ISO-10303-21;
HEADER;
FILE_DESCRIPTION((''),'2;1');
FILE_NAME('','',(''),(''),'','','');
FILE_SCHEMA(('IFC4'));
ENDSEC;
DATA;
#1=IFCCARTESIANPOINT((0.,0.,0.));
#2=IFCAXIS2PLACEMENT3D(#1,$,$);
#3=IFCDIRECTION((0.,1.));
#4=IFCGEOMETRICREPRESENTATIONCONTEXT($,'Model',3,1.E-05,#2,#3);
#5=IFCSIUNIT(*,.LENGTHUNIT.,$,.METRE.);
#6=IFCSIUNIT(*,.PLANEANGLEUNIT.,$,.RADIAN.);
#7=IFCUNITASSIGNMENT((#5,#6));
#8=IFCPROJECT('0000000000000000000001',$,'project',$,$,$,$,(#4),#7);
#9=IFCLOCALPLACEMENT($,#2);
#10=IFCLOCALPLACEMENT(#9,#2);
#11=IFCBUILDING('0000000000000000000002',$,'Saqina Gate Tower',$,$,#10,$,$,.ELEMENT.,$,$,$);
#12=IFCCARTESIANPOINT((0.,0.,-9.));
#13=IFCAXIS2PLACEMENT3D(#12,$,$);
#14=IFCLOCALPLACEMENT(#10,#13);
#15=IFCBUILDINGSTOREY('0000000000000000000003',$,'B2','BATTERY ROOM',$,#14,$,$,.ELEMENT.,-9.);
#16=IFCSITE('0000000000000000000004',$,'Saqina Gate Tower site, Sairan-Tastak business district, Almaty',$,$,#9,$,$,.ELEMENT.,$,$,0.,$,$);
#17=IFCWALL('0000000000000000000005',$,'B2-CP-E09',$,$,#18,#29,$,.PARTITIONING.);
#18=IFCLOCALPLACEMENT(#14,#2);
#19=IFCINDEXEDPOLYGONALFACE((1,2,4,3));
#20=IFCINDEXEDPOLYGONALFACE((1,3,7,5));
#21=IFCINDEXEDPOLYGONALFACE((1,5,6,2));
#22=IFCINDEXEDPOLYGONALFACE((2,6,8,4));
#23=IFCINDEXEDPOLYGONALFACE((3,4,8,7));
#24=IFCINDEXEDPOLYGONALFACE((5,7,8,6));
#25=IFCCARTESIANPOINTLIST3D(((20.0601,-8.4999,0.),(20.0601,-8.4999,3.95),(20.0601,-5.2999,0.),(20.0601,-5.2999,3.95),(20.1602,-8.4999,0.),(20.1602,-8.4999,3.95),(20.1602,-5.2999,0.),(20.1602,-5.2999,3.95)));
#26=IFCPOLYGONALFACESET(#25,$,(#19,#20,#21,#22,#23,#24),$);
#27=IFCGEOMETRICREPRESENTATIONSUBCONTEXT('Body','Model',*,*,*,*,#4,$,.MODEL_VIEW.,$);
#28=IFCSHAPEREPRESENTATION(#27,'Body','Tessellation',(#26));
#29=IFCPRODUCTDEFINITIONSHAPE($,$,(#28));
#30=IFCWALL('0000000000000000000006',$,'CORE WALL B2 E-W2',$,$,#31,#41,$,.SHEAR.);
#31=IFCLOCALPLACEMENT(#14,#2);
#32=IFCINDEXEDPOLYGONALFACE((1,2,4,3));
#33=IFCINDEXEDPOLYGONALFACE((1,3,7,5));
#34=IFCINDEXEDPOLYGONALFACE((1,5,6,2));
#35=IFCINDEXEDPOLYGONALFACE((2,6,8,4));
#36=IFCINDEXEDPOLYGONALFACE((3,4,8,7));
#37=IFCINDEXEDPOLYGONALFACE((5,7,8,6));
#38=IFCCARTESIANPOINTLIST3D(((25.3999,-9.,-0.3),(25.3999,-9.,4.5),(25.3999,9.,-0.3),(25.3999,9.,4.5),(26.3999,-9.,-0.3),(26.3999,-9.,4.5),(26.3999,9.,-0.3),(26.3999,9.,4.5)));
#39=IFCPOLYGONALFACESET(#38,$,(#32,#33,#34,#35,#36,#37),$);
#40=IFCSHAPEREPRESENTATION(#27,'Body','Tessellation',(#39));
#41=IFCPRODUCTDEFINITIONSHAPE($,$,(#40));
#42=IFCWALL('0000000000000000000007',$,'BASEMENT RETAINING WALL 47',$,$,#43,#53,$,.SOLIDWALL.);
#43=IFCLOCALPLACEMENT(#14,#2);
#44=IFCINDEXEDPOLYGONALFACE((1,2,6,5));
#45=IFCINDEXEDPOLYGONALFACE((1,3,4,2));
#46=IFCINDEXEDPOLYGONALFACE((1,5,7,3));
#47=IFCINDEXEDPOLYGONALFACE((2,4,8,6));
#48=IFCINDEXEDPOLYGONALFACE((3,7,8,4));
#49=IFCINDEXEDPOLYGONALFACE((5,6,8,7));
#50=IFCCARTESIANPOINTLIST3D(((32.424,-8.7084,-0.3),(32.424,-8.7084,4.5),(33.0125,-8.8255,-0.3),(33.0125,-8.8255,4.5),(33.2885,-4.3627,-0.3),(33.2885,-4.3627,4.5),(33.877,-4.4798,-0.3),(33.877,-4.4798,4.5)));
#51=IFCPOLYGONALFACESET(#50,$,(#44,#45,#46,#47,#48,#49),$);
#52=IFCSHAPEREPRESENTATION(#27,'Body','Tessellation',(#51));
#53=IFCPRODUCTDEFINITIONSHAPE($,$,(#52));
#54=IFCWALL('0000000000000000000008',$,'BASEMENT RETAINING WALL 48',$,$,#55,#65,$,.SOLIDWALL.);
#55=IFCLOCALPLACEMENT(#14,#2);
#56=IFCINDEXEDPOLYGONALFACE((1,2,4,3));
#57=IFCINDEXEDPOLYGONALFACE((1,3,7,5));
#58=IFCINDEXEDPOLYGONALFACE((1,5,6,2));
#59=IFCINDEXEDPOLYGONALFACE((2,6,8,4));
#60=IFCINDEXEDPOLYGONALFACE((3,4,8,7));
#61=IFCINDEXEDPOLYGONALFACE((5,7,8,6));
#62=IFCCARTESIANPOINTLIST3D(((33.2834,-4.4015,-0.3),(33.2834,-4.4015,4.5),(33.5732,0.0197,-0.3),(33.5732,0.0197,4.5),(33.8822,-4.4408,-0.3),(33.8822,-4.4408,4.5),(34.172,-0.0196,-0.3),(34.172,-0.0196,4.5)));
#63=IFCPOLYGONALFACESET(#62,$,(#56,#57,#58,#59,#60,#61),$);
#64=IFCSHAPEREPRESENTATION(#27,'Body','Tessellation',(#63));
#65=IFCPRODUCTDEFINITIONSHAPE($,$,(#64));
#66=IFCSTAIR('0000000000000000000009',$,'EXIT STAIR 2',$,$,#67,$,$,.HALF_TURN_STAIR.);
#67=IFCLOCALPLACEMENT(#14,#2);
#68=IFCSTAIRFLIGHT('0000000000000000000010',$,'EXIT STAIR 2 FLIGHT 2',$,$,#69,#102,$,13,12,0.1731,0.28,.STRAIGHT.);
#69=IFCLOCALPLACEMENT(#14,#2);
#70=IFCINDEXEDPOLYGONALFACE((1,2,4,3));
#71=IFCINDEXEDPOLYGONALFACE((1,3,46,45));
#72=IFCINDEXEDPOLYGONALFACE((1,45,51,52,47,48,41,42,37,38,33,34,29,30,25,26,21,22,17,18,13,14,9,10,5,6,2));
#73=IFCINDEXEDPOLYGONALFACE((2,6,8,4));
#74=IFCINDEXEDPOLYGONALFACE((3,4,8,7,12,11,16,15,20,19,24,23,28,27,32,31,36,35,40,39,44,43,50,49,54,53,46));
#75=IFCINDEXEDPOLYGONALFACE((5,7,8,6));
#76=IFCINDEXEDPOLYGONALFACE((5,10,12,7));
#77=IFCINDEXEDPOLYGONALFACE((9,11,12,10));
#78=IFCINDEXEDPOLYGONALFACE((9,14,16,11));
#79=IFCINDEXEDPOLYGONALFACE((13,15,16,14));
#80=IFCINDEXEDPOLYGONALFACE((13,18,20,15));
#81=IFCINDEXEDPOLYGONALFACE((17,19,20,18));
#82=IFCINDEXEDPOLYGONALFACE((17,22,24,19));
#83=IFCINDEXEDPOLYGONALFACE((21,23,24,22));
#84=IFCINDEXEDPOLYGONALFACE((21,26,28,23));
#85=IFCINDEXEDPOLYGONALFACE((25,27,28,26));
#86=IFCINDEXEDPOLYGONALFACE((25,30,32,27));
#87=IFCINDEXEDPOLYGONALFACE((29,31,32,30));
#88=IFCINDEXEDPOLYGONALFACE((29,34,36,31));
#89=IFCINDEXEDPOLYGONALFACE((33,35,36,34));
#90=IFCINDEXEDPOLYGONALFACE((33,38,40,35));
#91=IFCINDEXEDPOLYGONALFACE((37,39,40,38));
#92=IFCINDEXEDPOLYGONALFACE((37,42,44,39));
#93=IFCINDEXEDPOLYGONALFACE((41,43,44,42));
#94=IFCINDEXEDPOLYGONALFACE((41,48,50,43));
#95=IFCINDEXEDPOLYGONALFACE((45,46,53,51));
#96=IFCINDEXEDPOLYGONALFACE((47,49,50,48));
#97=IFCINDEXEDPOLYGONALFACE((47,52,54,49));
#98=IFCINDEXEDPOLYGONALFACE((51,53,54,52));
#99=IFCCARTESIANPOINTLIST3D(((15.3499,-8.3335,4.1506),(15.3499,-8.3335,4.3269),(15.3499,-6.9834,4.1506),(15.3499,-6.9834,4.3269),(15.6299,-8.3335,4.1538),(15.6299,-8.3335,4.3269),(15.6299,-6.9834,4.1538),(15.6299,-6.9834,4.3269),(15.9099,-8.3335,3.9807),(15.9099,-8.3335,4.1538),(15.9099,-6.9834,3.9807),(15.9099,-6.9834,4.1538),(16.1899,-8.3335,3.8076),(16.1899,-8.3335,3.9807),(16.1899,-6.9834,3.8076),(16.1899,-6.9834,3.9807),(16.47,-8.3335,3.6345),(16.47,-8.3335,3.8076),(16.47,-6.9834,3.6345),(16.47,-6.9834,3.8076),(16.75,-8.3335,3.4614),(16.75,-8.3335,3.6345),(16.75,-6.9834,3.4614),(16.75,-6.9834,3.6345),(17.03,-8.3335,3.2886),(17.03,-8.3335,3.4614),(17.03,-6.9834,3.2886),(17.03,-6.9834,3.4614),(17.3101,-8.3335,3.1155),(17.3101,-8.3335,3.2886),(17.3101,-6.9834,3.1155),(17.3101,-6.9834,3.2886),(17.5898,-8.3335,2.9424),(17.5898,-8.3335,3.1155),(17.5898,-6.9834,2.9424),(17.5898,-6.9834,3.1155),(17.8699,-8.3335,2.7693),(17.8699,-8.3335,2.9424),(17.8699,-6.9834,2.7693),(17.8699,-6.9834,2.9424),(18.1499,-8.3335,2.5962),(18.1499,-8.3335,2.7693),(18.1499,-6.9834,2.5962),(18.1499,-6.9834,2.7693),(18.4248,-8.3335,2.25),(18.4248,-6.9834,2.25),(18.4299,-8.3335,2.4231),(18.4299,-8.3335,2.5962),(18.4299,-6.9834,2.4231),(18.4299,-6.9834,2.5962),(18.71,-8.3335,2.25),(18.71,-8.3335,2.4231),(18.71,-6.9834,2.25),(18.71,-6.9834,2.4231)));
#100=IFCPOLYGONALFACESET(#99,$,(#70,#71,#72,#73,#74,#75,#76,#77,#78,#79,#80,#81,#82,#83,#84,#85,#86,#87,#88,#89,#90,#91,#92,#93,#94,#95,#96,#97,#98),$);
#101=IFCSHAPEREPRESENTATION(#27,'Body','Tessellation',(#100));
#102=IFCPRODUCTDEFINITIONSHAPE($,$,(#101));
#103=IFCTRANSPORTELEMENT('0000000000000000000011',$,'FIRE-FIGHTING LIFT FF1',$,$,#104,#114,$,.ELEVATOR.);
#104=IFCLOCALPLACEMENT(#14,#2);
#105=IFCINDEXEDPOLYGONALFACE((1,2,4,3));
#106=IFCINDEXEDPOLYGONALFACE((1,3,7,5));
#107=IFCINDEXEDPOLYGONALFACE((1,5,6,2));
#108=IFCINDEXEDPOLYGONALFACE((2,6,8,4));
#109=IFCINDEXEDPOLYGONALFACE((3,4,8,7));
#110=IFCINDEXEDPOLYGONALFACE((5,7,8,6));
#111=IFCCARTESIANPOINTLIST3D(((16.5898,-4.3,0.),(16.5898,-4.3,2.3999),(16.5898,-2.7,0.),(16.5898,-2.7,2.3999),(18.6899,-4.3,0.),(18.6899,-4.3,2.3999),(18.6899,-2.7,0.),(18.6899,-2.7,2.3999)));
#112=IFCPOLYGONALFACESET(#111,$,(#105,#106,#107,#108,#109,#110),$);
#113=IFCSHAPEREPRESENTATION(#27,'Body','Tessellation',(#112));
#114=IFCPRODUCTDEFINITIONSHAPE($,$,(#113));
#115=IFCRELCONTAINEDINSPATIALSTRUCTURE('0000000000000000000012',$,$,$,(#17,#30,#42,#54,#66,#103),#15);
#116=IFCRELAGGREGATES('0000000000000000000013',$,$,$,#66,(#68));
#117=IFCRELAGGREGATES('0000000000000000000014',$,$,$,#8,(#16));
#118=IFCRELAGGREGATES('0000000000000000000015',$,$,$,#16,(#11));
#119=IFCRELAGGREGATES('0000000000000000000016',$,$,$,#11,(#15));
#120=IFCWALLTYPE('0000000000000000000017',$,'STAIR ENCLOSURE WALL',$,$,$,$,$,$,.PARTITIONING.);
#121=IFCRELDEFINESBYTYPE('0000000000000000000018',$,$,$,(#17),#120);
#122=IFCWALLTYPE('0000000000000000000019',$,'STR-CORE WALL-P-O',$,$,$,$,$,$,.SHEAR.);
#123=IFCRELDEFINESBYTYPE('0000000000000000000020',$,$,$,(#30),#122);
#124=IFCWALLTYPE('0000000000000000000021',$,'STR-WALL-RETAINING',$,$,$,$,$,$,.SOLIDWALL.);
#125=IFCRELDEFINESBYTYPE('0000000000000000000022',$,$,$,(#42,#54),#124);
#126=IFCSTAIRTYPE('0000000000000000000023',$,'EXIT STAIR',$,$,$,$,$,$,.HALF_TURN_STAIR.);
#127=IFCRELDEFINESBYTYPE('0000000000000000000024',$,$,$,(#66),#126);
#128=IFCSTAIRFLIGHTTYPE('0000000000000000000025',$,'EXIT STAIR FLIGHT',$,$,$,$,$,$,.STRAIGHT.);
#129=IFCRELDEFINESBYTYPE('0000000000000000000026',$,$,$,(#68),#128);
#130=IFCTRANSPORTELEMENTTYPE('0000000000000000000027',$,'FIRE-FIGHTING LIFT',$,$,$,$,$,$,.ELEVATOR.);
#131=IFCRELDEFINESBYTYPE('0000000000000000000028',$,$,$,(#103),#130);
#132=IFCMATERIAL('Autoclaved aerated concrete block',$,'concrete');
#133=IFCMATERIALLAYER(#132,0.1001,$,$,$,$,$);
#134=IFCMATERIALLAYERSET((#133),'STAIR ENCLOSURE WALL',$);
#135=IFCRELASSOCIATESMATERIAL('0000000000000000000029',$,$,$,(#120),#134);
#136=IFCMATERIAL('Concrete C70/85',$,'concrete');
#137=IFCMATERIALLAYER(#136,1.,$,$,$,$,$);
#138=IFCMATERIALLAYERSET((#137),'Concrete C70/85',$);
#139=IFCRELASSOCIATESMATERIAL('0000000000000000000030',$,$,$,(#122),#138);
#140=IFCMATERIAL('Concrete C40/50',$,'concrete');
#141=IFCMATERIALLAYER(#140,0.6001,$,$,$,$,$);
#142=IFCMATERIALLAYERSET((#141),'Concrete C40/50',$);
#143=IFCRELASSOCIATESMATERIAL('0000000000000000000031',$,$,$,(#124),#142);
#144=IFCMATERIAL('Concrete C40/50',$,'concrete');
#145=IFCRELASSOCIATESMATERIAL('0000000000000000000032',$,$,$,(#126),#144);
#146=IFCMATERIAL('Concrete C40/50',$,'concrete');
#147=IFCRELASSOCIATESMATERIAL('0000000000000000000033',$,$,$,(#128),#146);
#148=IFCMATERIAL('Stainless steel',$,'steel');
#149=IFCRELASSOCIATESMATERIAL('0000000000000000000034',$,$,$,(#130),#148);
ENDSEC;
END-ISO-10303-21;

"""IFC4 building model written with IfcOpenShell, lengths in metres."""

from ifc_helpers import new_model, si_unit, direction, frame, frame_2d, origin, origin_2d, place, context, subcontext, project, spatial, polyline, rectangle, outline, extrude, material, layer, layer_set, type_object, element, aggregate, save


model = new_model("IFC4")

# Units and contexts
model_context = context("Model", 3, precision=1e-05, world=origin(), true_north=direction((0.0, 1.0)))
body_context = subcontext(model_context, "Body", "Model", "MODEL_VIEW")
ifc_project = project(units=[si_unit("LENGTHUNIT", "METRE"), si_unit("PLANEANGLEUNIT", "RADIAN")], contexts=[model_context])

# Site, building, storey
site_placement = place(None, origin())
site = spatial("IfcSite", under=ifc_project, at=site_placement, Name="Saqina Gate Tower site, Sairan-Tastak business district, Almaty", CompositionType="ELEMENT", RefElevation=0.0)
building_placement = place(site_placement, origin())
building = spatial("IfcBuilding", under=site, at=building_placement, Name="Saqina Gate Tower", CompositionType="ELEMENT")
storey_placement = place(building_placement, frame((0.0, 0.0, -9.0)))
storey = spatial("IfcBuildingStorey", under=building, at=storey_placement, Name="B2", Description="BATTERY ROOM", CompositionType="ELEMENT", Elevation=-9.0)

# Walls
ifc_material_1 = material(Name="Autoclaved aerated concrete block", Category="concrete")
ifc_layer_1 = layer(ifc_material_1, 0.1001)
ifc_layer_set_1 = layer_set([ifc_layer_1], Name="STAIR ENCLOSURE WALL")
wall_type_1 = type_object("IfcWallType", Name="STAIR ENCLOSURE WALL", PredefinedType="PARTITIONING", material=ifc_layer_set_1)
wall_1_placement = place(storey_placement, frame((20.1101, -8.5, 0.0), z_axis=(0.0, 0.0, 1.0), x_axis=(0.0, 1.0, 0.0)))
element("IfcWall", 1, at=wall_1_placement, inside=storey, type_object=wall_type_1, Name="B2-CP-E09", PredefinedType="PARTITIONING", context=body_context, shape_type="SweptSolid", body=[
    extrude(rectangle(XDim=3.2, YDim=0.1001, at=frame_2d((1.6001, 0.0))), origin(), (0.0, 0.0, 1.0), 3.95),
])
ifc_material_2 = material(Name="Concrete C70/85", Category="concrete")
ifc_layer_2 = layer(ifc_material_2, 1.0)
ifc_layer_set_2 = layer_set([ifc_layer_2], Name="Concrete C70/85")
wall_type_2 = type_object("IfcWallType", Name="STR-CORE WALL-P-O", PredefinedType="SHEAR", material=ifc_layer_set_2)
wall_2_placement = place(storey_placement, frame((25.8999, -9.0, -0.3), z_axis=(0.0, 0.0, 1.0), x_axis=(0.0, 1.0, 0.0)))
element("IfcWall", 2, at=wall_2_placement, inside=storey, type_object=wall_type_2, Name="CORE WALL B2 E-W2", PredefinedType="SHEAR", context=body_context, shape_type="SweptSolid", body=[
    extrude(rectangle(XDim=18.0, YDim=1.0, at=frame_2d((9.0, 0.0))), origin(), (0.0, 0.0, 1.0), 4.8),
])
ifc_material_3 = material(Name="Concrete C40/50", Category="concrete")
ifc_layer_3 = layer(ifc_material_3, 0.6001)
ifc_layer_set_3 = layer_set([ifc_layer_3], Name="Concrete C40/50")
wall_type_3 = type_object("IfcWallType", Name="STR-WALL-RETAINING", PredefinedType="SOLIDWALL", material=ifc_layer_set_3)
wall_3_placement = place(storey_placement, frame((32.7183, -8.7668, -0.3), z_axis=(0.0, 0.0, 1.0), x_axis=(0.195109, 0.980781, 0.0)))
element("IfcWall", 3, at=wall_3_placement, inside=storey, type_object=wall_type_3, Name="BASEMENT RETAINING WALL 47", PredefinedType="SOLIDWALL", context=body_context, shape_type="SweptSolid", body=[
    extrude(rectangle(XDim=4.4309, YDim=0.6001, at=frame_2d((2.2153, 0.0))), origin(), (0.0, 0.0, 1.0), 4.8),
])
wall_4_placement = place(storey_placement, frame((33.5828, -4.4211, -0.3), z_axis=(0.0, 0.0, 1.0), x_axis=(0.065407, 0.997859, 0.0)))
element("IfcWall", 4, at=wall_4_placement, inside=storey, type_object=wall_type_3, Name="BASEMENT RETAINING WALL 48", PredefinedType="SOLIDWALL", context=body_context, shape_type="SweptSolid", body=[
    extrude(rectangle(XDim=4.4307, YDim=0.6001, at=frame_2d((2.2153, 0.0))), origin(), (0.0, 0.0, 1.0), 4.8),
])

# Stair, stair flight
ifc_material_4 = material(Name="Concrete C40/50", Category="concrete")
stair_type = type_object("IfcStairType", Name="EXIT STAIR", PredefinedType="HALF_TURN_STAIR", material=ifc_material_4)
stair_placement = place(storey_placement, origin())
stair = element("IfcStair", 5, at=stair_placement, inside=storey, type_object=stair_type, Name="EXIT STAIR 2", PredefinedType="HALF_TURN_STAIR")
ifc_material_5 = material(Name="Concrete C40/50", Category="concrete")
stair_flight_type = type_object("IfcStairFlightType", Name="EXIT STAIR FLIGHT", PredefinedType="STRAIGHT", material=ifc_material_5)
stair_flight_placement = place(storey_placement, frame((18.71, -7.6584, 2.25), z_axis=(0.0, 0.0, 1.0), x_axis=(-1.0, 0.0, 0.0)))
stair_flight = element("IfcStairFlight", 6, at=stair_flight_placement, type_object=stair_flight_type, Name="EXIT STAIR 2 FLIGHT 2", NumberOfRisers=13, NumberOfTreads=12, PredefinedType="STRAIGHT", RiserHeight=0.1731, TreadLength=0.28, context=body_context, shape_type="SweptSolid", body=[
    extrude(outline(polyline([(0.0, 0.0), (0.0, 0.1731), (0.28, 0.1731), (0.28, 0.3462), (0.5601, 0.3462), (0.5601, 0.5193), (0.8401, 0.5193), (0.8401, 0.6924), (1.1201, 0.6924), (1.1201, 0.8655), (1.3999, 0.8655), (1.3999, 1.0386), (1.6799, 1.0386), (1.6799, 1.2114), (1.96, 1.2114), (1.96, 1.3845), (2.24, 1.3845), (2.24, 1.5576), (2.52, 1.5576), (2.52, 1.7307), (2.8, 1.7307), (2.8, 1.9038), (3.0801, 1.9038), (3.0801, 2.0769), (3.3601, 2.0769), (3.3601, 2.25), (3.3601, 1.9006), (0.2852, 0.0), (0.0, 0.0)])), frame((0.0, 0.675, 0.0), z_axis=(0.0, -1.0, 0.0), x_axis=(1.0, 0.0, 0.0)), (0.0, 0.0, 1.0), 1.3501),
])
aggregate(stair, [stair_flight])

# Transport element
ifc_material_6 = material(Name="Stainless steel", Category="steel")
transport_element_type = type_object("IfcTransportElementType", Name="FIRE-FIGHTING LIFT", PredefinedType="ELEVATOR", material=ifc_material_6)
transport_element_placement = place(storey_placement, frame((17.6399, -3.5, 0.0), z_axis=(0.0, 0.0, 1.0), x_axis=(1.0, 0.0, 0.0)))
element("IfcTransportElement", 7, at=transport_element_placement, inside=storey, type_object=transport_element_type, Name="FIRE-FIGHTING LIFT FF1", PredefinedType="ELEVATOR", context=body_context, shape_type="SweptSolid", body=[
    extrude(rectangle(XDim=2.1001, YDim=1.6001, at=origin_2d()), origin(), (0.0, 0.0, 1.0), 2.3999),
])

save(model, "model.ifc")
